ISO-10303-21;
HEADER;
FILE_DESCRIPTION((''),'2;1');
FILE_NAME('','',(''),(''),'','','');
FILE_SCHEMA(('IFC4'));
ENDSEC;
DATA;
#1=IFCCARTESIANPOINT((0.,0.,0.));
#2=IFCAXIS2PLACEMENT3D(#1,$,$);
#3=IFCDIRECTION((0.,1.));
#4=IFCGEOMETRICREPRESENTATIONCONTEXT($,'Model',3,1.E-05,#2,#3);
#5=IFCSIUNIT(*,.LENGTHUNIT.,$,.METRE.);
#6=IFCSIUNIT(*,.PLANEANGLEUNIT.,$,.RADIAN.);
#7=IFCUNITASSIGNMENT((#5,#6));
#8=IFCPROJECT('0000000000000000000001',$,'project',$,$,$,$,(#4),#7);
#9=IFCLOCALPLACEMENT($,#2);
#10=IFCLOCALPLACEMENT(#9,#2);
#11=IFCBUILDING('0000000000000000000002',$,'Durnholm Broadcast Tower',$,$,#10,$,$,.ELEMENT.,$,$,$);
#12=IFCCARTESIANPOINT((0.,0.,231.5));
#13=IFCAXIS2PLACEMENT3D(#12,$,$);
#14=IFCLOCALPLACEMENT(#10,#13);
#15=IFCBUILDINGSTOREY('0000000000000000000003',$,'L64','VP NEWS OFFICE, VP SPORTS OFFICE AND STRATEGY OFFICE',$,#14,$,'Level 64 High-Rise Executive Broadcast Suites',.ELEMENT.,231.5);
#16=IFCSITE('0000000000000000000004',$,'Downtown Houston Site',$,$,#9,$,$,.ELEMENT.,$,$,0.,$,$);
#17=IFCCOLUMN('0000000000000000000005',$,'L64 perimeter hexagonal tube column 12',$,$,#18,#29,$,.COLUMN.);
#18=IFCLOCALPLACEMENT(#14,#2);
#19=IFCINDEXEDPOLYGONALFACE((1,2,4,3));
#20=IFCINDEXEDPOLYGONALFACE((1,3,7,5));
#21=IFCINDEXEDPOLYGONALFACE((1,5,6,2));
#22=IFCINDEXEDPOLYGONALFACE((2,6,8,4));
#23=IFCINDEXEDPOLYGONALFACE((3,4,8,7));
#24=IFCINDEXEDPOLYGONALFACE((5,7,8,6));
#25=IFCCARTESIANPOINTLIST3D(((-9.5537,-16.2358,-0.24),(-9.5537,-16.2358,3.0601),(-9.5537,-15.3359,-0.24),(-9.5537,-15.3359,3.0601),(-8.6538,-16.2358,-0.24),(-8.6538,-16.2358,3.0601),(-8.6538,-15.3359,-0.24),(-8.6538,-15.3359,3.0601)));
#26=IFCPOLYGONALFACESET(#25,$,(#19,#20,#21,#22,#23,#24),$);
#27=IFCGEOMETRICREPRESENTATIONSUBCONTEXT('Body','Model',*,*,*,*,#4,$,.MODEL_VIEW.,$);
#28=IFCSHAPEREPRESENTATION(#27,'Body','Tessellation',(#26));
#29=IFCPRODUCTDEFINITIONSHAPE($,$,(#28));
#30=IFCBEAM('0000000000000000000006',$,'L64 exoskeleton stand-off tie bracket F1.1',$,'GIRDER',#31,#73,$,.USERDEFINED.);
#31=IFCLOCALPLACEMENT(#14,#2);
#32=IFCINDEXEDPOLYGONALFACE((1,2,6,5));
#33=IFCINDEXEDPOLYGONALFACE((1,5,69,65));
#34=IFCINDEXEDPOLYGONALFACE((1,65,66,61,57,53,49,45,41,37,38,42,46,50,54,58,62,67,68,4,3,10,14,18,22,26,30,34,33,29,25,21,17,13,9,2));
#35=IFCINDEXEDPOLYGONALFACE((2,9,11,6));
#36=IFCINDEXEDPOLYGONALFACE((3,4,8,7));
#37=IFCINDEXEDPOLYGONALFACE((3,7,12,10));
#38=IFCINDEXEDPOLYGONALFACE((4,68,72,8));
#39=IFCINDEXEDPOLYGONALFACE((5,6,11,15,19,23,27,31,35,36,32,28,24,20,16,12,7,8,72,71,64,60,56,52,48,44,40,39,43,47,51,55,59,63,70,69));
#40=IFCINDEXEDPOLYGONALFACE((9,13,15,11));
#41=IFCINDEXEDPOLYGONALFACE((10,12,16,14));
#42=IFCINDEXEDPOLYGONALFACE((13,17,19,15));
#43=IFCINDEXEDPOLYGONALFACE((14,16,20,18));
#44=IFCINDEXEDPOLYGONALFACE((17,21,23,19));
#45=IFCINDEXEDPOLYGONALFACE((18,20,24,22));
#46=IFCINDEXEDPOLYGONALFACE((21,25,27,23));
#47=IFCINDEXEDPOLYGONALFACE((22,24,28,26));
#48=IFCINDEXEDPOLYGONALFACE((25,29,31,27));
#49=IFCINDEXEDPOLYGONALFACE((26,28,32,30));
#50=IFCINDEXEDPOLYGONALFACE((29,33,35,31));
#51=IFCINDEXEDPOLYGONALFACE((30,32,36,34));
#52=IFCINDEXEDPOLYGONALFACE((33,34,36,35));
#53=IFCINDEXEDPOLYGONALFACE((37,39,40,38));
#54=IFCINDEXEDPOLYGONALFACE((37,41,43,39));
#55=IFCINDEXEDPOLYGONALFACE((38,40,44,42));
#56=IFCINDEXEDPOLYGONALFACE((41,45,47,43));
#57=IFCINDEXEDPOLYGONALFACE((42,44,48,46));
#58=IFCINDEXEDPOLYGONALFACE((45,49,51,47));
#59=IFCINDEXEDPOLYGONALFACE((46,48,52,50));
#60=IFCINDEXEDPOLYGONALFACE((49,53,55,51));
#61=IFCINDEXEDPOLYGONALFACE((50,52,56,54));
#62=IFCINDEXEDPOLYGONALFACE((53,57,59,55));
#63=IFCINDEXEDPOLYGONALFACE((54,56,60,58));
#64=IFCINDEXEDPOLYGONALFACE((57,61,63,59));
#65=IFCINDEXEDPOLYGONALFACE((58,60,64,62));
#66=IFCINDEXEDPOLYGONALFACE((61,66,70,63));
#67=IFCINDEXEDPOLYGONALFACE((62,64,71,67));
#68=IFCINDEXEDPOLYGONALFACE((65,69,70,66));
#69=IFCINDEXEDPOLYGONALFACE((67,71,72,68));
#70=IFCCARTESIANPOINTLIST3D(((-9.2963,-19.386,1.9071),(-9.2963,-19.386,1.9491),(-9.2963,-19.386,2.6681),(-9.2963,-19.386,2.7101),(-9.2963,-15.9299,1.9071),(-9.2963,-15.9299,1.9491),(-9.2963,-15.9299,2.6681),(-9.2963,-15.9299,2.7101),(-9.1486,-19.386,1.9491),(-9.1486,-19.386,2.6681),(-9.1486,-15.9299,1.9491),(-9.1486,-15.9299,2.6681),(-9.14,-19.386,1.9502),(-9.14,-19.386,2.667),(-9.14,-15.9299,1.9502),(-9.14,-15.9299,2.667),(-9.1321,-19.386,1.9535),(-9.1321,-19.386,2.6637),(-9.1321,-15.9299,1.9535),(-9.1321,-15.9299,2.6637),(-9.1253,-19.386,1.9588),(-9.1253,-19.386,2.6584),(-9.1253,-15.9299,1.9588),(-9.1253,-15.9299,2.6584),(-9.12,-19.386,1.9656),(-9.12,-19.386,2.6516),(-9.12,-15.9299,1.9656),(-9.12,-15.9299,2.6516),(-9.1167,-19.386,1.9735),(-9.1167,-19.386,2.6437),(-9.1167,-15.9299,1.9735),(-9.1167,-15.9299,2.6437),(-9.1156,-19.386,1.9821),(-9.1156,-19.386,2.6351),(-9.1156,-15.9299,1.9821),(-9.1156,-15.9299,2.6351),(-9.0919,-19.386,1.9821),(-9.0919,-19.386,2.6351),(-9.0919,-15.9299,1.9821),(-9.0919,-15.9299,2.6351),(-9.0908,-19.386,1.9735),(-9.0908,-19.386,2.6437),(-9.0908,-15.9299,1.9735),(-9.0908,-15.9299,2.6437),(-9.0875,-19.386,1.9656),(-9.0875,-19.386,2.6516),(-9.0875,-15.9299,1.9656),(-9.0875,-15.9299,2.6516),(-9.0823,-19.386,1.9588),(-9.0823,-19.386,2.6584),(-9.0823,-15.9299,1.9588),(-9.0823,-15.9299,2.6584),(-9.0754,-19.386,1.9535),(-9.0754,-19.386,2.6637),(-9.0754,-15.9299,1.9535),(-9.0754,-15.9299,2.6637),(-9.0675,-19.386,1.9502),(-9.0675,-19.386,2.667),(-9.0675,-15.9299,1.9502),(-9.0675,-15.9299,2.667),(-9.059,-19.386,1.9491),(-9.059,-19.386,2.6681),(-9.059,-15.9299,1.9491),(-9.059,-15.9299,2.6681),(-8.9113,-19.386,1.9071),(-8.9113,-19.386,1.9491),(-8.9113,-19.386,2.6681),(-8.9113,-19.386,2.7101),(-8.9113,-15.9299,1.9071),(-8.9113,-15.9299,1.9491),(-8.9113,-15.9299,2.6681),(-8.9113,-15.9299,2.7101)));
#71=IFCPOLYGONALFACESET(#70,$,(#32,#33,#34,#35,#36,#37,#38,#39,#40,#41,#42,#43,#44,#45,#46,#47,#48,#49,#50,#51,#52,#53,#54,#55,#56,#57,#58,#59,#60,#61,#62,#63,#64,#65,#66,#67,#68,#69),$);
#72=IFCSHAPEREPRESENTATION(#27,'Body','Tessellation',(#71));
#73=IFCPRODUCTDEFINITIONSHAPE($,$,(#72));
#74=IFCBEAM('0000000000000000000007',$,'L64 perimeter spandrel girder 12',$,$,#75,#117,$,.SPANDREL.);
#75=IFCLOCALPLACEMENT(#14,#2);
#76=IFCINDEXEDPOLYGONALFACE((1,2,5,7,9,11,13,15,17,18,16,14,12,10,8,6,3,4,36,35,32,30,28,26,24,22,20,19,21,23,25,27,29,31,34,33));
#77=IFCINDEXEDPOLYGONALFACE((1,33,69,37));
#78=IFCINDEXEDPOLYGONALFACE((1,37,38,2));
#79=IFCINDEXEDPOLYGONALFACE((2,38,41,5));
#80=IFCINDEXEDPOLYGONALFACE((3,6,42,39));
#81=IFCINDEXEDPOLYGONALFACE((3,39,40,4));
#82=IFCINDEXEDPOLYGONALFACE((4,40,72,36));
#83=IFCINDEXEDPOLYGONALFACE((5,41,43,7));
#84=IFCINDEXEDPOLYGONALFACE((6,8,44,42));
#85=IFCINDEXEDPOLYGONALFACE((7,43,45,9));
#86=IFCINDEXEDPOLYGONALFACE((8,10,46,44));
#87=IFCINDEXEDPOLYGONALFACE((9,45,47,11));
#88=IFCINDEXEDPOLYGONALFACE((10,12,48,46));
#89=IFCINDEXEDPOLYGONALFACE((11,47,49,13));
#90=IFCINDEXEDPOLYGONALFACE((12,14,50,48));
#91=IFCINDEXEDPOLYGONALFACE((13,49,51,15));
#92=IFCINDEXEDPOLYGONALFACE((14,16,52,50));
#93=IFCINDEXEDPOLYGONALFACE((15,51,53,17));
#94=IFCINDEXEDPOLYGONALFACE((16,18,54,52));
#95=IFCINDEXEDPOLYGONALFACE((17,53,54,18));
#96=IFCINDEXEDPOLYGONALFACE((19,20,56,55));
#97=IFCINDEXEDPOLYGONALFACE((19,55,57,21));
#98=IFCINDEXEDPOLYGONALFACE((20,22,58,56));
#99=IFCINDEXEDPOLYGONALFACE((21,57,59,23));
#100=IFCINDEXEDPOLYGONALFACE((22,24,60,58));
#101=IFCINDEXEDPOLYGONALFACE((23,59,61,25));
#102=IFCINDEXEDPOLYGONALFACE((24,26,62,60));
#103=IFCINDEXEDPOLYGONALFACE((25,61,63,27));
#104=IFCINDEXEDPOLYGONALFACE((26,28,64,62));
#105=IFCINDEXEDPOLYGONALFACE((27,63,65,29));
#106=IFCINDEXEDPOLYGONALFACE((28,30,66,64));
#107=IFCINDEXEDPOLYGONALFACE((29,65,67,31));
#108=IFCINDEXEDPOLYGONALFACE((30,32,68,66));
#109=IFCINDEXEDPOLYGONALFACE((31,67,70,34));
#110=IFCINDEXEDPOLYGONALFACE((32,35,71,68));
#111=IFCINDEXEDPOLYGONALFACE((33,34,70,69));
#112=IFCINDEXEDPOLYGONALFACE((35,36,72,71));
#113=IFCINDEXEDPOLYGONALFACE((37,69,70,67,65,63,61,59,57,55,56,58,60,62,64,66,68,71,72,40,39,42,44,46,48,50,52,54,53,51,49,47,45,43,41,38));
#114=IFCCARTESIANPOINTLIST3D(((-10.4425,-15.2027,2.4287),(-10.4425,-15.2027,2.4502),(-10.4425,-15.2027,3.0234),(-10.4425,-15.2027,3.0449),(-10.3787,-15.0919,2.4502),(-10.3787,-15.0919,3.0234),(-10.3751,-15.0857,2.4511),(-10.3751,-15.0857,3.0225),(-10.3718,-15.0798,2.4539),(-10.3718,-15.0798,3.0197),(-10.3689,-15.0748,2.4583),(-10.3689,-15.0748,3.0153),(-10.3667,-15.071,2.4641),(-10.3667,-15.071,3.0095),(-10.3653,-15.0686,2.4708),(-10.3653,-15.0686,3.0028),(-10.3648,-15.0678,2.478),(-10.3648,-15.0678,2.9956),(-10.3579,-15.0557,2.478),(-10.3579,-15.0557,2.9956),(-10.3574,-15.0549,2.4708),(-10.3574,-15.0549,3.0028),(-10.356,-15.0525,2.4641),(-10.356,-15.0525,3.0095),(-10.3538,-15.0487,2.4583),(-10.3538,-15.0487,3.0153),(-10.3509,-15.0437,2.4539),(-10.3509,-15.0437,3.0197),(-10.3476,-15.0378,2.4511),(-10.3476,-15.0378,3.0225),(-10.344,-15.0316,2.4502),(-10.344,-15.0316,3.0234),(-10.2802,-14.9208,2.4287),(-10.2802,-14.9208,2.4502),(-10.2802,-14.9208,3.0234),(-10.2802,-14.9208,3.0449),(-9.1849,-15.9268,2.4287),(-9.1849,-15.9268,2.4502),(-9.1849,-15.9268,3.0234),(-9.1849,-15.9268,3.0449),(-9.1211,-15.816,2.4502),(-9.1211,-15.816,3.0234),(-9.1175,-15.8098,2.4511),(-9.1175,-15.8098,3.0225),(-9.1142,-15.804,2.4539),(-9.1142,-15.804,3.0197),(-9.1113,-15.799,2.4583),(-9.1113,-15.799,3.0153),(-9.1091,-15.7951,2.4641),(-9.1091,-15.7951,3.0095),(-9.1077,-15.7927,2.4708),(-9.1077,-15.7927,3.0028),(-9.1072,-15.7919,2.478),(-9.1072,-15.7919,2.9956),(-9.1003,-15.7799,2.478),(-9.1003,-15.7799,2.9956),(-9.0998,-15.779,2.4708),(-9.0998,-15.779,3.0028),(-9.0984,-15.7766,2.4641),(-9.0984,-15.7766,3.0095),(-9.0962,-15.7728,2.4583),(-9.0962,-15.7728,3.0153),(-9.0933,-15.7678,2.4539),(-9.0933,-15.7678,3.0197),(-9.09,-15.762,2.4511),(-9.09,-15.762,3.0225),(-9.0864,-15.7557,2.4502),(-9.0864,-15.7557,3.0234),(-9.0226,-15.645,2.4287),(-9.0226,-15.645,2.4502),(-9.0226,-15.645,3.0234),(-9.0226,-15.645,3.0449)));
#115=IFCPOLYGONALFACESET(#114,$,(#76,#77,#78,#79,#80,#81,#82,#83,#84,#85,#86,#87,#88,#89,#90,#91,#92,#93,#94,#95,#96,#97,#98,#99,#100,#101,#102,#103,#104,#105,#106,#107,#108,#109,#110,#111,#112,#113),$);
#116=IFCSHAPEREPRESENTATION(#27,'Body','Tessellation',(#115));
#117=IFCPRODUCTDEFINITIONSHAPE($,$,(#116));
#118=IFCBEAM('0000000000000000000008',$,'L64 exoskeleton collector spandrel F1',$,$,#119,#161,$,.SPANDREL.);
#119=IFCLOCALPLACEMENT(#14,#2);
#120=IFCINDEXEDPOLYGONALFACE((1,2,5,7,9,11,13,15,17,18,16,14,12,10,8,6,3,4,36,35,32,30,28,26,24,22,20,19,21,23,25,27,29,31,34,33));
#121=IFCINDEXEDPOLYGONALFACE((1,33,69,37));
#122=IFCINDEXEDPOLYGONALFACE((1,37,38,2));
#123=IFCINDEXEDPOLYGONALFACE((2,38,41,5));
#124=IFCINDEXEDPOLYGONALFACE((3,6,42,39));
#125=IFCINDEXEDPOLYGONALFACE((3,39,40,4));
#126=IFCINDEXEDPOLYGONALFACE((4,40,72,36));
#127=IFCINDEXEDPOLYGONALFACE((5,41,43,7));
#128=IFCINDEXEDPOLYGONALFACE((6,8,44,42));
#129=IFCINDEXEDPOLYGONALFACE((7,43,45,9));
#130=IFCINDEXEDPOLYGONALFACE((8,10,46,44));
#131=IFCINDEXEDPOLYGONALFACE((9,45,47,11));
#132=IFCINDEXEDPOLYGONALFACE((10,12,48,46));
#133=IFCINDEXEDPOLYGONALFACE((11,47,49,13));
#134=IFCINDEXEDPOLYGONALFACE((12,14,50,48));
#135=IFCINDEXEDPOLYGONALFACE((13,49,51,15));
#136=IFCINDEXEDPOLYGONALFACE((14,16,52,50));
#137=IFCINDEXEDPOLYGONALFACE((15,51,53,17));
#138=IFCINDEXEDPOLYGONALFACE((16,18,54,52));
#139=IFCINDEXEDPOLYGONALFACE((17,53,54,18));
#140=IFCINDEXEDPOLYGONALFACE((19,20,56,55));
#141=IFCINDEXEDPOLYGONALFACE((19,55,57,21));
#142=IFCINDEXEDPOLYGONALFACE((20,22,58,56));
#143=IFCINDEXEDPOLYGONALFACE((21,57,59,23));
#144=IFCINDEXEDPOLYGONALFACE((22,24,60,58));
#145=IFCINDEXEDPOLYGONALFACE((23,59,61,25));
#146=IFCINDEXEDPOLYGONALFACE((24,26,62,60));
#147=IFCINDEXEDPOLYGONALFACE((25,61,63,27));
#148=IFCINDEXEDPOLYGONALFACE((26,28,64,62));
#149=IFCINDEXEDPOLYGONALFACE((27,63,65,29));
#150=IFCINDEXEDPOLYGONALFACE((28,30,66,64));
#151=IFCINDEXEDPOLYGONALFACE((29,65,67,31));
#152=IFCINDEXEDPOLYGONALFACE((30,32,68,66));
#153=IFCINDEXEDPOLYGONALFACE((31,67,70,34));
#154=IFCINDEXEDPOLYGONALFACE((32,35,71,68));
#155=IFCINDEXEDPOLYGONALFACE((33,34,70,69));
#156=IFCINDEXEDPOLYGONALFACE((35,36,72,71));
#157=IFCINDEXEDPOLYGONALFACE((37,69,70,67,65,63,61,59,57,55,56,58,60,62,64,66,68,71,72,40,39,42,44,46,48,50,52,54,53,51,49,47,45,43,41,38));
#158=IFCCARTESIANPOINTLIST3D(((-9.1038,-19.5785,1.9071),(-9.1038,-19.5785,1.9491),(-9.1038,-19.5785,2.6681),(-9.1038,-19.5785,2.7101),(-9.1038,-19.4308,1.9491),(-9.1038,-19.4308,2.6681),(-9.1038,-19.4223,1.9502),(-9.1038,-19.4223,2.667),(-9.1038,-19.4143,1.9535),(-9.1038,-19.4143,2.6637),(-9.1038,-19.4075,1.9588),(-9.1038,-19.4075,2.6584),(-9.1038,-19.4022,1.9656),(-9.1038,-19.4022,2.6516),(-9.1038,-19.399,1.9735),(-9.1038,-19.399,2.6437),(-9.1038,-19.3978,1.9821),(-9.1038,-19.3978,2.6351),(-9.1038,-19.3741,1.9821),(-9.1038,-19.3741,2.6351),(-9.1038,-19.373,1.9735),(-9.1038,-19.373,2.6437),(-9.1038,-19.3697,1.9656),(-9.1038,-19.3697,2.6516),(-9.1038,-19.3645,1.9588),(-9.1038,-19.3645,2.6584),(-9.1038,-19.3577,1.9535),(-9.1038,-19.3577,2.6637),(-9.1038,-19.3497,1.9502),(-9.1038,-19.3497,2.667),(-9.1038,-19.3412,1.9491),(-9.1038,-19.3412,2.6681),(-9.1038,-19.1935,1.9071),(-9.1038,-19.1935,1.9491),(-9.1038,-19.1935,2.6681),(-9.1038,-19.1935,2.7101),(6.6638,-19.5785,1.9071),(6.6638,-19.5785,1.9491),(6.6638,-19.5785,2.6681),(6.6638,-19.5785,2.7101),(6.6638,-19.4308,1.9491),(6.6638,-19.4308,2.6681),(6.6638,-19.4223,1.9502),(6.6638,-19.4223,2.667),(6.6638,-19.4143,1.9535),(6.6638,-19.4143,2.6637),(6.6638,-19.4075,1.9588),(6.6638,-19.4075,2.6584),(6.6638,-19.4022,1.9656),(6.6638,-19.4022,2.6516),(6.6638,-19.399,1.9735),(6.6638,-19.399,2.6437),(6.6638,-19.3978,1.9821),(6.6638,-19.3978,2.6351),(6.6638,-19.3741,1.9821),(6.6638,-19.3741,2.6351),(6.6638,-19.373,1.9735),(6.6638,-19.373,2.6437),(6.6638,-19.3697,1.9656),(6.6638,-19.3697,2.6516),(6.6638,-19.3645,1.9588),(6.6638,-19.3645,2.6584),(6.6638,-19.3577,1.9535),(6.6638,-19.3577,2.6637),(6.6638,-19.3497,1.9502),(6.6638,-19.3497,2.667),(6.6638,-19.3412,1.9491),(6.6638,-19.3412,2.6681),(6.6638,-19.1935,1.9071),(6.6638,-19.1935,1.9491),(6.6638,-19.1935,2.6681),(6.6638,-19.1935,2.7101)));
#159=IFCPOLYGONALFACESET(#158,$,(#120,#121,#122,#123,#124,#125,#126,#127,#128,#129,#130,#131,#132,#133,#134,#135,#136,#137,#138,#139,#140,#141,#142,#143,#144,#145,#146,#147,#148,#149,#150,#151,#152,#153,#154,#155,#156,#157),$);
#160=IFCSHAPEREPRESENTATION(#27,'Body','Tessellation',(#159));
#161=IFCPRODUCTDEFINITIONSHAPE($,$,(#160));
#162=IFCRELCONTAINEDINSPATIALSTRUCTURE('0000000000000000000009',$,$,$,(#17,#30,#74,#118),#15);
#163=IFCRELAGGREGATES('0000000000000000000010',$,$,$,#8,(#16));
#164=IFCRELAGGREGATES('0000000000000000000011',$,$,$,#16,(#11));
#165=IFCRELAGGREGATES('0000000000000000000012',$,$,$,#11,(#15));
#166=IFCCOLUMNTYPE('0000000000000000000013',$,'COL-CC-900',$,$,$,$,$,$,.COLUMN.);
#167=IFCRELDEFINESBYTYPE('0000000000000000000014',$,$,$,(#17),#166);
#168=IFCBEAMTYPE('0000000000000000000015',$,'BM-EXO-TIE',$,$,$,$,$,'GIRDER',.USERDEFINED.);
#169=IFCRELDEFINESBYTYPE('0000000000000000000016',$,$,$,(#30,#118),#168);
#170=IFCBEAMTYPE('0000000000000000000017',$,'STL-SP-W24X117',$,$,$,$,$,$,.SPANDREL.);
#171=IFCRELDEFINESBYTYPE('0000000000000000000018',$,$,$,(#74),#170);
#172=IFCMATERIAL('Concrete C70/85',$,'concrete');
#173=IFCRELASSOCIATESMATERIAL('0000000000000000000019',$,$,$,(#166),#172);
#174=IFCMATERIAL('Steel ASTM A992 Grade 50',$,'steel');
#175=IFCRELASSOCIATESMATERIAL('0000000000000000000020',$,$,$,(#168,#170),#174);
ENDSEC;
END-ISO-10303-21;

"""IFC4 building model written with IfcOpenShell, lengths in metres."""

from ifc_helpers import new_model, si_unit, direction, frame, origin, origin_2d, place, context, subcontext, project, spatial, rectangle, i_section, extrude, source, transform, mapped, material, material_profile, profile_set, type_object, type_shapes, element, save


model = new_model("IFC4")

# Units and contexts
model_context = context("Model", 3, precision=1e-05, world=origin(), true_north=direction((0.0, 1.0)))
body_context = subcontext(model_context, "Body", "Model", "MODEL_VIEW")
ifc_project = project(units=[si_unit("LENGTHUNIT", "METRE"), si_unit("PLANEANGLEUNIT", "RADIAN")], contexts=[model_context])

# Site, building, storey
site_placement = place(None, origin())
site = spatial("IfcSite", under=ifc_project, at=site_placement, Name="Downtown Houston Site", CompositionType="ELEMENT", RefElevation=0.0)
building_placement = place(site_placement, origin())
building = spatial("IfcBuilding", under=site, at=building_placement, Name="Durnholm Broadcast Tower", CompositionType="ELEMENT")
storey_placement = place(building_placement, frame((0.0, 0.0, 231.5)))
storey = spatial("IfcBuildingStorey", under=building, at=storey_placement, Name="L64", Description="VP NEWS OFFICE, VP SPORTS OFFICE AND STRATEGY OFFICE", LongName="Level 64 High-Rise Executive Broadcast Suites", CompositionType="ELEMENT", Elevation=231.5)

# Column
ifc_material_1 = material(Name="Concrete C70/85", Category="concrete")
ifc_material_profile_1 = material_profile(ifc_material_1, rectangle(XDim=0.8999, YDim=0.8999, at=origin_2d()), Name="RC900X900")
ifc_profile_set_1 = profile_set([ifc_material_profile_1], Name="Concrete C70/85")
column_type = type_object("IfcColumnType", Name="COL-CC-900", PredefinedType="COLUMN", material=ifc_profile_set_1)
shared_shape_1 = source(origin(), body_context, "Body", "SweptSolid", [
    extrude(rectangle(XDim=0.8999, YDim=0.8999, at=origin_2d()), origin(), (0.0, 0.0, 1.0), 3.3),
])
type_shapes(column_type, [shared_shape_1])
column_placement = place(storey_placement, frame((-9.1038, -15.7859, -0.24), z_axis=(0.0, 0.0, 1.0), x_axis=(1.0, 0.0, 0.0)))
element("IfcColumn", 1, at=column_placement, inside=storey, type_object=column_type, Name="L64 perimeter hexagonal tube column 12", PredefinedType="COLUMN", context=body_context, shape_type="MappedRepresentation", body=[
    mapped(shared_shape_1, transform((0.0, 0.0, 0.0), x_axis=(1.0, 0.0, 0.0), y_axis=(0.0, 1.0, 0.0), z_axis=(0.0, 0.0, 1.0), scale=1.0)),
])

# Beams
ifc_material_2 = material(Name="Steel ASTM A992 Grade 50", Category="steel")
ifc_material_profile_2 = material_profile(ifc_material_2, i_section(OverallWidth=0.385, OverallDepth=0.803, WebThickness=0.0237, FlangeThickness=0.042, FilletRadius=0.033, at=origin_2d()), Name="W30X261")
ifc_profile_set_2 = profile_set([ifc_material_profile_2], Name="Steel ASTM A992 Grade 50")
beam_type_1 = type_object("IfcBeamType", Name="BM-EXO-TIE", ElementType="GIRDER", PredefinedType="USERDEFINED", material=ifc_profile_set_2)
shared_shape_2 = source(origin(), body_context, "Body", "SweptSolid", [
    extrude(i_section(OverallWidth=0.385, OverallDepth=0.803, WebThickness=0.0237, FlangeThickness=0.042, FilletRadius=0.033, at=origin_2d()), origin(), (0.0, 0.0, 1.0), 3.4561),
])
beam_1_placement = place(storey_placement, frame((-9.1038, -15.9299, 2.3086), z_axis=(0.0, -1.0, 0.0), x_axis=(1.0, 0.0, 0.0)))
element("IfcBeam", 2, at=beam_1_placement, inside=storey, type_object=beam_type_1, Name="L64 exoskeleton stand-off tie bracket F1.1", ObjectType="GIRDER", PredefinedType="USERDEFINED", context=body_context, shape_type="MappedRepresentation", body=[
    mapped(shared_shape_2, transform((0.0, 0.0, 0.0), x_axis=(1.0, 0.0, 0.0), y_axis=(0.0, 1.0, 0.0), z_axis=(0.0, 0.0, 1.0), scale=1.0)),
])
ifc_material_profile_3 = material_profile(ifc_material_2, i_section(OverallWidth=0.3252, OverallDepth=0.6162, WebThickness=0.0139, FlangeThickness=0.0215, FilletRadius=0.0278, at=origin_2d()), Name="W24X117")
ifc_profile_set_3 = profile_set([ifc_material_profile_3], Name="Steel ASTM A992 Grade 50")
beam_type_2 = type_object("IfcBeamType", Name="STL-SP-W24X117", PredefinedType="SPANDREL", material=ifc_profile_set_3)
shared_shape_3 = source(origin(), body_context, "Body", "SweptSolid", [
    extrude(i_section(OverallWidth=0.3252, OverallDepth=0.6162, WebThickness=0.0139, FlangeThickness=0.0215, FilletRadius=0.0278, at=origin_2d()), origin(), (0.0, 0.0, 1.0), 1.4512),
])
type_shapes(beam_type_2, [shared_shape_3])
beam_2_placement = place(storey_placement, frame((-9.1038, -15.7859, 2.7368), z_axis=(-0.866603, 0.498999, 0.0), x_axis=(-0.498999, -0.866603, 0.0)))
element("IfcBeam", 3, at=beam_2_placement, inside=storey, type_object=beam_type_2, Name="L64 perimeter spandrel girder 12", PredefinedType="SPANDREL", context=body_context, shape_type="MappedRepresentation", body=[
    mapped(shared_shape_3, transform((0.0, 0.0, 0.0), x_axis=(1.0, 0.0, 0.0), y_axis=(0.0, 1.0, 0.0), z_axis=(0.0, 0.0, 1.0), scale=1.0)),
])
shared_shape_4 = source(origin(), body_context, "Body", "SweptSolid", [
    extrude(i_section(OverallWidth=0.385, OverallDepth=0.803, WebThickness=0.0237, FlangeThickness=0.042, FilletRadius=0.033, at=origin_2d()), origin(), (0.0, 0.0, 1.0), 15.7676),
])
type_shapes(beam_type_1, [shared_shape_2, shared_shape_4])
beam_3_placement = place(storey_placement, frame((-9.1038, -19.386, 2.3086), z_axis=(1.0, 0.0, 0.0), x_axis=(0.0, 1.0, 0.0)))
element("IfcBeam", 4, at=beam_3_placement, inside=storey, type_object=beam_type_1, Name="L64 exoskeleton collector spandrel F1", PredefinedType="SPANDREL", context=body_context, shape_type="MappedRepresentation", body=[
    mapped(shared_shape_4, transform((0.0, 0.0, 0.0), x_axis=(1.0, 0.0, 0.0), y_axis=(0.0, 1.0, 0.0), z_axis=(0.0, 0.0, 1.0), scale=1.0)),
])

save(model, "model.ifc")
